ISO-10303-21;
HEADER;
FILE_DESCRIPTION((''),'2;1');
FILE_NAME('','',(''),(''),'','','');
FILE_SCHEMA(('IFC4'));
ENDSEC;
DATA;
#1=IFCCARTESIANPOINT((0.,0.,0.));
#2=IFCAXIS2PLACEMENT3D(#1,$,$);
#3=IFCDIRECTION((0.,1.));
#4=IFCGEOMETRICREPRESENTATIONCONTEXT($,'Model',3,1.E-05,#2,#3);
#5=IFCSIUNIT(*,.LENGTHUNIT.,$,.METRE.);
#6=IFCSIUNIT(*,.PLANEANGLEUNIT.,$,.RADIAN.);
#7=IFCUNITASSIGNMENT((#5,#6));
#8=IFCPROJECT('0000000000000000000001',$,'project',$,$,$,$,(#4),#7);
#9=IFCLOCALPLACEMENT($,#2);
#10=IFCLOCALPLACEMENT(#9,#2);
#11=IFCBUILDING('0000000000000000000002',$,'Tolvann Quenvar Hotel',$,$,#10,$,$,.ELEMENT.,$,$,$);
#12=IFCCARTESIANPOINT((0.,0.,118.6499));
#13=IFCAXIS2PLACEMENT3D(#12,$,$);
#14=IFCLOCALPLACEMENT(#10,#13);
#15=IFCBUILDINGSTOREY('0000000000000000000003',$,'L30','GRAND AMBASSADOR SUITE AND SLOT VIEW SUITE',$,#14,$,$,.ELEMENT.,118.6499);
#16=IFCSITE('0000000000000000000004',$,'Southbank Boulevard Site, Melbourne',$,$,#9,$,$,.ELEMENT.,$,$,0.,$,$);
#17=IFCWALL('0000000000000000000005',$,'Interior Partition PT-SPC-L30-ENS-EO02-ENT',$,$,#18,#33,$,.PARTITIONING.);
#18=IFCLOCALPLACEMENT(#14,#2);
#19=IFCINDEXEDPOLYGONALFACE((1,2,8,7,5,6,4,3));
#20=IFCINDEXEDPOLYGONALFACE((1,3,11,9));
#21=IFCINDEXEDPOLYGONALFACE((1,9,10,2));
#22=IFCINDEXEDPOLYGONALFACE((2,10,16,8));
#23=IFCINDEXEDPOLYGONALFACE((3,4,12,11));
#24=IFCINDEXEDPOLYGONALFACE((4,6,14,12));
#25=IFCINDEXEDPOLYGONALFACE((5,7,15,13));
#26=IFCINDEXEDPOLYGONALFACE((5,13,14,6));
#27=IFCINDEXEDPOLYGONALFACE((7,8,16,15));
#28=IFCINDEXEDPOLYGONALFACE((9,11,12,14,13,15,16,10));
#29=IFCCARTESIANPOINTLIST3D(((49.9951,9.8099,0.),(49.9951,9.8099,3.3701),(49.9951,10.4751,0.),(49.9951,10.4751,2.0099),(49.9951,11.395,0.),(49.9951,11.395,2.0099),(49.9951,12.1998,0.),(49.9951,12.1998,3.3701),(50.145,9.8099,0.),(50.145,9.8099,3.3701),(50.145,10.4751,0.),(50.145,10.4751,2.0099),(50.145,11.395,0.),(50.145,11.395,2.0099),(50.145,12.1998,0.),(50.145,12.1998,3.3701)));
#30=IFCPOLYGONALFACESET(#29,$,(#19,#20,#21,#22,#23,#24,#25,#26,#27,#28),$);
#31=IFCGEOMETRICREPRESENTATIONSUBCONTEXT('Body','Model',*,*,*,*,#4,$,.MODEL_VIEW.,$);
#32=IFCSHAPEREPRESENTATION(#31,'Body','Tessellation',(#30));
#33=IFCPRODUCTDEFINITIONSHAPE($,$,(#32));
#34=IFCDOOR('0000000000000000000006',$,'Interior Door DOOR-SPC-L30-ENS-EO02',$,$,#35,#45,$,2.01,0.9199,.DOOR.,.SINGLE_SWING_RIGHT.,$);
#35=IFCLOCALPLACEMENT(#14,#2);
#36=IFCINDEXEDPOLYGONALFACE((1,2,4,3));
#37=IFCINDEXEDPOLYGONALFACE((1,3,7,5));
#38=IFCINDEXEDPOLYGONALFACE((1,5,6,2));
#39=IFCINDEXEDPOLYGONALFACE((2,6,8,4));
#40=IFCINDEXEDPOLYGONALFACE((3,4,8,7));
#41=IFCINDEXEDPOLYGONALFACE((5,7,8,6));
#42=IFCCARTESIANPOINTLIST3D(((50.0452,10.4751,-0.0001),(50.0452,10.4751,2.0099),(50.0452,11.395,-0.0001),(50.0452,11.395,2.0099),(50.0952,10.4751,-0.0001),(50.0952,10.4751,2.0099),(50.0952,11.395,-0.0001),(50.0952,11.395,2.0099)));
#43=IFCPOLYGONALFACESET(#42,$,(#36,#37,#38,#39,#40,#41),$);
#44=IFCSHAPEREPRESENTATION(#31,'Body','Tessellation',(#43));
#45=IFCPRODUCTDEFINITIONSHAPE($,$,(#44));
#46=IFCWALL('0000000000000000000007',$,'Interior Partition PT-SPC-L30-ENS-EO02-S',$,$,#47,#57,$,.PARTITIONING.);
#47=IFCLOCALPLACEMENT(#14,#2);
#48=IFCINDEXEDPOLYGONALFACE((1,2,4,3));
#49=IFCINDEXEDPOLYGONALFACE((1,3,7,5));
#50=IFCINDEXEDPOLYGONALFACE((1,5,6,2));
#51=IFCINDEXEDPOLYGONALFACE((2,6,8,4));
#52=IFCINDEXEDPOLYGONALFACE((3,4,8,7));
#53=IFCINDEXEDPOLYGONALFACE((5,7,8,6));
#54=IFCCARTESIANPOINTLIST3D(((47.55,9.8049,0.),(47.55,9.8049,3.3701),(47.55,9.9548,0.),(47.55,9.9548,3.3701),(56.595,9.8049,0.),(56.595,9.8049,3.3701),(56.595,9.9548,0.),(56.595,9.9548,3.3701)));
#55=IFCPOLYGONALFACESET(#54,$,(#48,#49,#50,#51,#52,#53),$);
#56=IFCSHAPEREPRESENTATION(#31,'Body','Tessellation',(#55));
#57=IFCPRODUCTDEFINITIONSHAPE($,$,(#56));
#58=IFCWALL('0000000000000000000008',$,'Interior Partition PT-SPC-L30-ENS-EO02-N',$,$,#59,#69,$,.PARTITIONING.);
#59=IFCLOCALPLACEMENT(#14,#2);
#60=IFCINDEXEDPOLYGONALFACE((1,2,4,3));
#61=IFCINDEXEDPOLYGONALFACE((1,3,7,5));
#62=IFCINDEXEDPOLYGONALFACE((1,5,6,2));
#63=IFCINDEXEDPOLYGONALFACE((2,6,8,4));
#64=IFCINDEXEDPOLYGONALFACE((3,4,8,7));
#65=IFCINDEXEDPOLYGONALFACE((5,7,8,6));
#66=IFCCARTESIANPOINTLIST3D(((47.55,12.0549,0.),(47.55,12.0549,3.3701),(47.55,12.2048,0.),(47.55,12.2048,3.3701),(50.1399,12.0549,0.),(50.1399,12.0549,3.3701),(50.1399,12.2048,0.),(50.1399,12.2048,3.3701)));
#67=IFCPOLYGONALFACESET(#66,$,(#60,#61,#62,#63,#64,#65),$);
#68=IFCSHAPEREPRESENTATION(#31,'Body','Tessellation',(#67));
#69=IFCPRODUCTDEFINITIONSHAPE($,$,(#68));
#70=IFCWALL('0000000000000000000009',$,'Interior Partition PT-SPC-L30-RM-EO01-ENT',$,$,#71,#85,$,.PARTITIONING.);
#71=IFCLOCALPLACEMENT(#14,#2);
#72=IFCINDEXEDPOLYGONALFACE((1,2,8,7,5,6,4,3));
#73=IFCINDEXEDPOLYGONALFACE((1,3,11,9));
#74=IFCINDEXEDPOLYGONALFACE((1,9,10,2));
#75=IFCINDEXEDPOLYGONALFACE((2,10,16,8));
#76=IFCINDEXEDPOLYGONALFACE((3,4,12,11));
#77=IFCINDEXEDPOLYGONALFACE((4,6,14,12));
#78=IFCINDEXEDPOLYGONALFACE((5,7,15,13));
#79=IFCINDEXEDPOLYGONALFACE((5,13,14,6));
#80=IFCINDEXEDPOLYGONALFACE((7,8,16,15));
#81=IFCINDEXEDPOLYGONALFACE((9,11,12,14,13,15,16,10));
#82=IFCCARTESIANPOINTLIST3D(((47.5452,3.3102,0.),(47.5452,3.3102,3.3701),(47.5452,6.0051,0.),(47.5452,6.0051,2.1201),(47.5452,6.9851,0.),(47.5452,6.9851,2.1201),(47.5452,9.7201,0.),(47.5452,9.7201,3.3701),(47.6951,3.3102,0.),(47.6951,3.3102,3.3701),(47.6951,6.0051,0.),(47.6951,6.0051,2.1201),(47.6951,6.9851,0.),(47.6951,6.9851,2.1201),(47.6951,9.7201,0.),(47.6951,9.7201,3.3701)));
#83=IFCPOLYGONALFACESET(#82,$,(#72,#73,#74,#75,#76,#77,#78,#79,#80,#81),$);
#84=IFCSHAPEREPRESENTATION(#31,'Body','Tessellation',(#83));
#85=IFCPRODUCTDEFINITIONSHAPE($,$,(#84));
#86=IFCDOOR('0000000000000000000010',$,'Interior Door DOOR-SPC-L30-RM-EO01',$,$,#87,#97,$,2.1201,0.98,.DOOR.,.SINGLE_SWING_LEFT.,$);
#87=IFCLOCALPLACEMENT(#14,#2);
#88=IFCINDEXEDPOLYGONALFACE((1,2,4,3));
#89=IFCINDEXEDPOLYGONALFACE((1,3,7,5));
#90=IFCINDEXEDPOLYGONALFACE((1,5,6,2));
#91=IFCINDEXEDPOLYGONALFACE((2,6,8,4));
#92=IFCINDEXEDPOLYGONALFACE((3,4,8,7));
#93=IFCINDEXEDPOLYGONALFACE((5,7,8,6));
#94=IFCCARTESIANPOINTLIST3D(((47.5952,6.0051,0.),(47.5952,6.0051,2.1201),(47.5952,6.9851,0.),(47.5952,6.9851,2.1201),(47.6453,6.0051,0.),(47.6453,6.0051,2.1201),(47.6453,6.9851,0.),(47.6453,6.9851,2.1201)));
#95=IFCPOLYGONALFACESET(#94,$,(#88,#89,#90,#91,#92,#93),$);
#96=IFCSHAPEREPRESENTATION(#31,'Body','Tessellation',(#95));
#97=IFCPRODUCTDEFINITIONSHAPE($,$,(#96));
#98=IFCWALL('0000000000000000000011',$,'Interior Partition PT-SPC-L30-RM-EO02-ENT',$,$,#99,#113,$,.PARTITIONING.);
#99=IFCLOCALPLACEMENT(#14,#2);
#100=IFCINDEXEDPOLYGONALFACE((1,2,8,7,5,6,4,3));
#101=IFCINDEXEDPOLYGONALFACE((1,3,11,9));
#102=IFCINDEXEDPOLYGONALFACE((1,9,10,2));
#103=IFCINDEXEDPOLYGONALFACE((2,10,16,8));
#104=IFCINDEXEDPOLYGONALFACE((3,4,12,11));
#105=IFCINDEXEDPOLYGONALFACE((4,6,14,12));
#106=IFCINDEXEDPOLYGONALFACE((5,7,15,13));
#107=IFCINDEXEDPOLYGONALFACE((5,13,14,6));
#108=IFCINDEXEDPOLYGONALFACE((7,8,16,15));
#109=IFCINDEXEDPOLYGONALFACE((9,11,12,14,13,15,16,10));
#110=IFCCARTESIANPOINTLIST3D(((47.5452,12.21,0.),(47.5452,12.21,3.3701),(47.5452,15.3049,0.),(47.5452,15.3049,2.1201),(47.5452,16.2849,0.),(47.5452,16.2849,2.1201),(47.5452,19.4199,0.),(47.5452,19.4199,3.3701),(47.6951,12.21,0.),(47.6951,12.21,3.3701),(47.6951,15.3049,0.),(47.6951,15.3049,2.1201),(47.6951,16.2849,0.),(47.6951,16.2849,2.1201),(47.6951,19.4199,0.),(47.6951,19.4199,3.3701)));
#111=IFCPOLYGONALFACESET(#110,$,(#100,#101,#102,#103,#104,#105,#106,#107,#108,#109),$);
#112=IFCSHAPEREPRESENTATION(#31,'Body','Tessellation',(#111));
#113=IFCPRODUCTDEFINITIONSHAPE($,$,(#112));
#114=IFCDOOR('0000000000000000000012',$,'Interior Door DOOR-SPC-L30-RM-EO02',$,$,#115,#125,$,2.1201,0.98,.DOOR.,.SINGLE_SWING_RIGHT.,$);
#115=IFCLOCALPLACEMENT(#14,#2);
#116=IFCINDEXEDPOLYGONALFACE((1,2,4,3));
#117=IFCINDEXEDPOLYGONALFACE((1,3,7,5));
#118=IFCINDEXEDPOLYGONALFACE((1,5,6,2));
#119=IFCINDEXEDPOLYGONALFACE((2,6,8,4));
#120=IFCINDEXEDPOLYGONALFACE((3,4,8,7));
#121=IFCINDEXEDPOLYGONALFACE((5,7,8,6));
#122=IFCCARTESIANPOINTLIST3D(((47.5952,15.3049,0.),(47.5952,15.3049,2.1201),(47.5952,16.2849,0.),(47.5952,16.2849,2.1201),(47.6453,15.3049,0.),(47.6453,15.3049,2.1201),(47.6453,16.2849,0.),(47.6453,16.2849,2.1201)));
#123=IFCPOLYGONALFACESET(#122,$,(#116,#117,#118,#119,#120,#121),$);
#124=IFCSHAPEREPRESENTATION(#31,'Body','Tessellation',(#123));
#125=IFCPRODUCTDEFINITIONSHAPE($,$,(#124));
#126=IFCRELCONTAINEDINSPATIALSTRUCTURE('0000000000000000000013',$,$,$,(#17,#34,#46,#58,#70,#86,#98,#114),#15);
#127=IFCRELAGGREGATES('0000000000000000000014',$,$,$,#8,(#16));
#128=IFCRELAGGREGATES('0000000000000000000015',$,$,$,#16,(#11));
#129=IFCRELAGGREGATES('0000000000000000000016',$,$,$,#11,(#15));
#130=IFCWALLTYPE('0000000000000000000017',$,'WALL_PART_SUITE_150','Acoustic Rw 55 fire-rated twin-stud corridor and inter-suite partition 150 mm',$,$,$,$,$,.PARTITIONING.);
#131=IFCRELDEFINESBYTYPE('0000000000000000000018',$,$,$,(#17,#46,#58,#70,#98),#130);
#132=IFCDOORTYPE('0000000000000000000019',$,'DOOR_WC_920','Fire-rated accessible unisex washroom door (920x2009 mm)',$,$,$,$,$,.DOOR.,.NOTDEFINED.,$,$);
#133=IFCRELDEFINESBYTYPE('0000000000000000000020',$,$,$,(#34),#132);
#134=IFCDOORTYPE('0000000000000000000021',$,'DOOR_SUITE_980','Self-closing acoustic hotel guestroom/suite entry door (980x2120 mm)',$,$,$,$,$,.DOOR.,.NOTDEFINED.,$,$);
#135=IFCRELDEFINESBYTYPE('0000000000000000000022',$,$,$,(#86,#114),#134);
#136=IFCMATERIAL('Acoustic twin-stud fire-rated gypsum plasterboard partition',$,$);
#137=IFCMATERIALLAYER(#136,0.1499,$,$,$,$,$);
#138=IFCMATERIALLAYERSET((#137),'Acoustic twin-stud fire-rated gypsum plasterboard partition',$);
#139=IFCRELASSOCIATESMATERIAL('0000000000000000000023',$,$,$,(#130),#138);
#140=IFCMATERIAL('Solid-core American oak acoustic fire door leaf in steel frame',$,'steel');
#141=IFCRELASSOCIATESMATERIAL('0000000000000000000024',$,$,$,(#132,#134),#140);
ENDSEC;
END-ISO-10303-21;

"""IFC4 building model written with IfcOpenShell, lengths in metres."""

from ifc_helpers import new_model, si_unit, direction, frame, frame_2d, origin, place, context, subcontext, project, spatial, rectangle, extrude, source, transform, mapped, material, layer, layer_set, type_object, type_shapes, element, fill, save


model = new_model("IFC4")

# Units and contexts
model_context = context("Model", 3, precision=1e-05, world=origin(), true_north=direction((0.0, 1.0)))
body_context = subcontext(model_context, "Body", "Model", "MODEL_VIEW")
ifc_project = project(units=[si_unit("LENGTHUNIT", "METRE"), si_unit("PLANEANGLEUNIT", "RADIAN")], contexts=[model_context])

# Site, building, storey
site_placement = place(None, origin())
site = spatial("IfcSite", under=ifc_project, at=site_placement, Name="Southbank Boulevard Site, Melbourne", CompositionType="ELEMENT", RefElevation=0.0)
building_placement = place(site_placement, origin())
building = spatial("IfcBuilding", under=site, at=building_placement, Name="Tolvann Quenvar Hotel", CompositionType="ELEMENT")
storey_placement = place(building_placement, frame((0.0, 0.0, 118.6499)))
storey = spatial("IfcBuildingStorey", under=building, at=storey_placement, Name="L30", Description="GRAND AMBASSADOR SUITE AND SLOT VIEW SUITE", CompositionType="ELEMENT", Elevation=118.6499)

# Wall, opening, door
ifc_material_1 = material(Name="Acoustic twin-stud fire-rated gypsum plasterboard partition")
ifc_layer_1 = layer(ifc_material_1, 0.1499)
ifc_layer_set_1 = layer_set([ifc_layer_1], Name="Acoustic twin-stud fire-rated gypsum plasterboard partition")
wall_type_1 = type_object("IfcWallType", Name="WALL_PART_SUITE_150", Description="Acoustic Rw 55 fire-rated twin-stud corridor and inter-suite partition 150 mm", PredefinedType="PARTITIONING", material=ifc_layer_set_1)
wall_1_placement = place(storey_placement, frame((50.0701, 9.8101, 0.0), z_axis=(0.0, 0.0, 1.0), x_axis=(0.0, 1.0, 0.0)))
wall_1 = element("IfcWall", 1, at=wall_1_placement, inside=storey, type_object=wall_type_1, Name="Interior Partition PT-SPC-L30-ENS-EO02-ENT", PredefinedType="PARTITIONING", context=body_context, shape_type="SweptSolid", body=[
    extrude(rectangle(XDim=2.3899, YDim=0.1499, at=frame_2d((1.1948, 0.0))), origin(), (0.0, 0.0, 1.0), 3.3701),
])
opening_1_placement = place(wall_1_placement, frame((0.665, 0.0, 0.0)))
opening_1 = element("IfcOpeningElement", 2, at=opening_1_placement, cuts=wall_1, PredefinedType="OPENING", context=body_context, shape_type="SweptSolid", body=[
    extrude(rectangle(XDim=0.9199, YDim=2.01, at=frame_2d((0.46, 1.0049))), frame((0.0, 0.085, 0.0), z_axis=(0.0, -1.0, 0.0), x_axis=(1.0, 0.0, 0.0)), (0.0, 0.0, 1.0), 0.1699),
])
ifc_material_2 = material(Name="Solid-core American oak acoustic fire door leaf in steel frame", Category="steel")
door_type_1 = type_object("IfcDoorType", Name="DOOR_WC_920", Description="Fire-rated accessible unisex washroom door (920x2009 mm)", OperationType="NOTDEFINED", PredefinedType="DOOR", material=ifc_material_2)
shared_shape_1 = source(origin(), body_context, "Body", "SweptSolid", [
    extrude(rectangle(XDim=0.9199, YDim=2.01, at=frame_2d((0.46, 1.0049))), frame((0.0, 0.0249, 0.0), z_axis=(0.0, -1.0, 0.0), x_axis=(1.0, 0.0, 0.0)), (0.0, 0.0, 1.0), 0.05),
])
type_shapes(door_type_1, [shared_shape_1])
door_1_placement = place(opening_1_placement, origin())
door_1 = element("IfcDoor", 3, at=door_1_placement, inside=storey, type_object=door_type_1, Name="Interior Door DOOR-SPC-L30-ENS-EO02", OperationType="SINGLE_SWING_RIGHT", OverallHeight=2.01, OverallWidth=0.9199, PredefinedType="DOOR", context=body_context, shape_type="MappedRepresentation", body=[
    mapped(shared_shape_1, transform((0.0, 0.0, 0.0), x_axis=(1.0, 0.0, 0.0), y_axis=(0.0, 1.0, 0.0), z_axis=(0.0, 0.0, 1.0), scale=1.0)),
])
fill(opening_1, door_1)

# Walls
wall_2_placement = place(storey_placement, frame((47.55, 9.8799, 0.0), z_axis=(0.0, 0.0, 1.0), x_axis=(1.0, 0.0, 0.0)))
element("IfcWall", 4, at=wall_2_placement, inside=storey, type_object=wall_type_1, Name="Interior Partition PT-SPC-L30-ENS-EO02-S", PredefinedType="PARTITIONING", context=body_context, shape_type="SweptSolid", body=[
    extrude(rectangle(XDim=9.0449, YDim=0.1499, at=frame_2d((4.5225, 0.0))), origin(), (0.0, 0.0, 1.0), 3.3701),
])
wall_3_placement = place(storey_placement, frame((47.55, 12.1299, 0.0), z_axis=(0.0, 0.0, 1.0), x_axis=(1.0, 0.0, 0.0)))
element("IfcWall", 5, at=wall_3_placement, inside=storey, type_object=wall_type_1, Name="Interior Partition PT-SPC-L30-ENS-EO02-N", PredefinedType="PARTITIONING", context=body_context, shape_type="SweptSolid", body=[
    extrude(rectangle(XDim=2.5898, YDim=0.1499, at=frame_2d((1.2949, 0.0))), origin(), (0.0, 0.0, 1.0), 3.3701),
])

# Walls, openings, doors
wall_4_placement = place(storey_placement, frame((47.6201, 3.3101, 0.0), z_axis=(0.0, 0.0, 1.0), x_axis=(0.0, 1.0, 0.0)))
wall_4 = element("IfcWall", 6, at=wall_4_placement, inside=storey, type_object=wall_type_1, Name="Interior Partition PT-SPC-L30-RM-EO01-ENT", PredefinedType="PARTITIONING", context=body_context, shape_type="SweptSolid", body=[
    extrude(rectangle(XDim=6.4099, YDim=0.1499, at=frame_2d((3.2051, 0.0))), origin(), (0.0, 0.0, 1.0), 3.3701),
])
opening_2_placement = place(wall_4_placement, frame((2.6951, 0.0, 0.0)))
opening_2 = element("IfcOpeningElement", 7, at=opening_2_placement, cuts=wall_4, PredefinedType="OPENING", context=body_context, shape_type="SweptSolid", body=[
    extrude(rectangle(XDim=0.98, YDim=2.1201, at=frame_2d((0.49, 1.0601))), frame((0.0, 0.085, 0.0), z_axis=(0.0, -1.0, 0.0), x_axis=(1.0, 0.0, 0.0)), (0.0, 0.0, 1.0), 0.1699),
])
door_type_2 = type_object("IfcDoorType", Name="DOOR_SUITE_980", Description="Self-closing acoustic hotel guestroom/suite entry door (980x2120 mm)", OperationType="NOTDEFINED", PredefinedType="DOOR", material=ifc_material_2)
shared_shape_2 = source(origin(), body_context, "Body", "SweptSolid", [
    extrude(rectangle(XDim=0.98, YDim=2.1201, at=frame_2d((0.49, 1.0601))), frame((0.0, 0.0249, 0.0), z_axis=(0.0, -1.0, 0.0), x_axis=(1.0, 0.0, 0.0)), (0.0, 0.0, 1.0), 0.05),
])
type_shapes(door_type_2, [shared_shape_2])
door_2_placement = place(opening_2_placement, origin())
door_2 = element("IfcDoor", 8, at=door_2_placement, inside=storey, type_object=door_type_2, Name="Interior Door DOOR-SPC-L30-RM-EO01", OperationType="SINGLE_SWING_LEFT", OverallHeight=2.1201, OverallWidth=0.98, PredefinedType="DOOR", context=body_context, shape_type="MappedRepresentation", body=[
    mapped(shared_shape_2, transform((0.0, 0.0, 0.0), x_axis=(1.0, 0.0, 0.0), y_axis=(0.0, 1.0, 0.0), z_axis=(0.0, 0.0, 1.0), scale=1.0)),
])
fill(opening_2, door_2)
wall_5_placement = place(storey_placement, frame((47.6201, 12.21, 0.0), z_axis=(0.0, 0.0, 1.0), x_axis=(0.0, 1.0, 0.0)))
wall_5 = element("IfcWall", 9, at=wall_5_placement, inside=storey, type_object=wall_type_1, Name="Interior Partition PT-SPC-L30-RM-EO02-ENT", PredefinedType="PARTITIONING", context=body_context, shape_type="SweptSolid", body=[
    extrude(rectangle(XDim=7.21, YDim=0.1499, at=frame_2d((3.605, 0.0))), origin(), (0.0, 0.0, 1.0), 3.3701),
])
opening_3_placement = place(wall_5_placement, frame((3.095, 0.0, 0.0)))
opening_3 = element("IfcOpeningElement", 10, at=opening_3_placement, cuts=wall_5, PredefinedType="OPENING", context=body_context, shape_type="SweptSolid", body=[
    extrude(rectangle(XDim=0.98, YDim=2.1201, at=frame_2d((0.49, 1.0601))), frame((0.0, 0.085, 0.0), z_axis=(0.0, -1.0, 0.0), x_axis=(1.0, 0.0, 0.0)), (0.0, 0.0, 1.0), 0.1699),
])
door_3_placement = place(opening_3_placement, origin())
door_3 = element("IfcDoor", 11, at=door_3_placement, inside=storey, type_object=door_type_2, Name="Interior Door DOOR-SPC-L30-RM-EO02", OperationType="SINGLE_SWING_RIGHT", OverallHeight=2.1201, OverallWidth=0.98, PredefinedType="DOOR", context=body_context, shape_type="MappedRepresentation", body=[
    mapped(shared_shape_2, transform((0.0, 0.0, 0.0), x_axis=(1.0, 0.0, 0.0), y_axis=(0.0, 1.0, 0.0), z_axis=(0.0, 0.0, 1.0), scale=1.0)),
])
fill(opening_3, door_3)

save(model, "model.ifc")
